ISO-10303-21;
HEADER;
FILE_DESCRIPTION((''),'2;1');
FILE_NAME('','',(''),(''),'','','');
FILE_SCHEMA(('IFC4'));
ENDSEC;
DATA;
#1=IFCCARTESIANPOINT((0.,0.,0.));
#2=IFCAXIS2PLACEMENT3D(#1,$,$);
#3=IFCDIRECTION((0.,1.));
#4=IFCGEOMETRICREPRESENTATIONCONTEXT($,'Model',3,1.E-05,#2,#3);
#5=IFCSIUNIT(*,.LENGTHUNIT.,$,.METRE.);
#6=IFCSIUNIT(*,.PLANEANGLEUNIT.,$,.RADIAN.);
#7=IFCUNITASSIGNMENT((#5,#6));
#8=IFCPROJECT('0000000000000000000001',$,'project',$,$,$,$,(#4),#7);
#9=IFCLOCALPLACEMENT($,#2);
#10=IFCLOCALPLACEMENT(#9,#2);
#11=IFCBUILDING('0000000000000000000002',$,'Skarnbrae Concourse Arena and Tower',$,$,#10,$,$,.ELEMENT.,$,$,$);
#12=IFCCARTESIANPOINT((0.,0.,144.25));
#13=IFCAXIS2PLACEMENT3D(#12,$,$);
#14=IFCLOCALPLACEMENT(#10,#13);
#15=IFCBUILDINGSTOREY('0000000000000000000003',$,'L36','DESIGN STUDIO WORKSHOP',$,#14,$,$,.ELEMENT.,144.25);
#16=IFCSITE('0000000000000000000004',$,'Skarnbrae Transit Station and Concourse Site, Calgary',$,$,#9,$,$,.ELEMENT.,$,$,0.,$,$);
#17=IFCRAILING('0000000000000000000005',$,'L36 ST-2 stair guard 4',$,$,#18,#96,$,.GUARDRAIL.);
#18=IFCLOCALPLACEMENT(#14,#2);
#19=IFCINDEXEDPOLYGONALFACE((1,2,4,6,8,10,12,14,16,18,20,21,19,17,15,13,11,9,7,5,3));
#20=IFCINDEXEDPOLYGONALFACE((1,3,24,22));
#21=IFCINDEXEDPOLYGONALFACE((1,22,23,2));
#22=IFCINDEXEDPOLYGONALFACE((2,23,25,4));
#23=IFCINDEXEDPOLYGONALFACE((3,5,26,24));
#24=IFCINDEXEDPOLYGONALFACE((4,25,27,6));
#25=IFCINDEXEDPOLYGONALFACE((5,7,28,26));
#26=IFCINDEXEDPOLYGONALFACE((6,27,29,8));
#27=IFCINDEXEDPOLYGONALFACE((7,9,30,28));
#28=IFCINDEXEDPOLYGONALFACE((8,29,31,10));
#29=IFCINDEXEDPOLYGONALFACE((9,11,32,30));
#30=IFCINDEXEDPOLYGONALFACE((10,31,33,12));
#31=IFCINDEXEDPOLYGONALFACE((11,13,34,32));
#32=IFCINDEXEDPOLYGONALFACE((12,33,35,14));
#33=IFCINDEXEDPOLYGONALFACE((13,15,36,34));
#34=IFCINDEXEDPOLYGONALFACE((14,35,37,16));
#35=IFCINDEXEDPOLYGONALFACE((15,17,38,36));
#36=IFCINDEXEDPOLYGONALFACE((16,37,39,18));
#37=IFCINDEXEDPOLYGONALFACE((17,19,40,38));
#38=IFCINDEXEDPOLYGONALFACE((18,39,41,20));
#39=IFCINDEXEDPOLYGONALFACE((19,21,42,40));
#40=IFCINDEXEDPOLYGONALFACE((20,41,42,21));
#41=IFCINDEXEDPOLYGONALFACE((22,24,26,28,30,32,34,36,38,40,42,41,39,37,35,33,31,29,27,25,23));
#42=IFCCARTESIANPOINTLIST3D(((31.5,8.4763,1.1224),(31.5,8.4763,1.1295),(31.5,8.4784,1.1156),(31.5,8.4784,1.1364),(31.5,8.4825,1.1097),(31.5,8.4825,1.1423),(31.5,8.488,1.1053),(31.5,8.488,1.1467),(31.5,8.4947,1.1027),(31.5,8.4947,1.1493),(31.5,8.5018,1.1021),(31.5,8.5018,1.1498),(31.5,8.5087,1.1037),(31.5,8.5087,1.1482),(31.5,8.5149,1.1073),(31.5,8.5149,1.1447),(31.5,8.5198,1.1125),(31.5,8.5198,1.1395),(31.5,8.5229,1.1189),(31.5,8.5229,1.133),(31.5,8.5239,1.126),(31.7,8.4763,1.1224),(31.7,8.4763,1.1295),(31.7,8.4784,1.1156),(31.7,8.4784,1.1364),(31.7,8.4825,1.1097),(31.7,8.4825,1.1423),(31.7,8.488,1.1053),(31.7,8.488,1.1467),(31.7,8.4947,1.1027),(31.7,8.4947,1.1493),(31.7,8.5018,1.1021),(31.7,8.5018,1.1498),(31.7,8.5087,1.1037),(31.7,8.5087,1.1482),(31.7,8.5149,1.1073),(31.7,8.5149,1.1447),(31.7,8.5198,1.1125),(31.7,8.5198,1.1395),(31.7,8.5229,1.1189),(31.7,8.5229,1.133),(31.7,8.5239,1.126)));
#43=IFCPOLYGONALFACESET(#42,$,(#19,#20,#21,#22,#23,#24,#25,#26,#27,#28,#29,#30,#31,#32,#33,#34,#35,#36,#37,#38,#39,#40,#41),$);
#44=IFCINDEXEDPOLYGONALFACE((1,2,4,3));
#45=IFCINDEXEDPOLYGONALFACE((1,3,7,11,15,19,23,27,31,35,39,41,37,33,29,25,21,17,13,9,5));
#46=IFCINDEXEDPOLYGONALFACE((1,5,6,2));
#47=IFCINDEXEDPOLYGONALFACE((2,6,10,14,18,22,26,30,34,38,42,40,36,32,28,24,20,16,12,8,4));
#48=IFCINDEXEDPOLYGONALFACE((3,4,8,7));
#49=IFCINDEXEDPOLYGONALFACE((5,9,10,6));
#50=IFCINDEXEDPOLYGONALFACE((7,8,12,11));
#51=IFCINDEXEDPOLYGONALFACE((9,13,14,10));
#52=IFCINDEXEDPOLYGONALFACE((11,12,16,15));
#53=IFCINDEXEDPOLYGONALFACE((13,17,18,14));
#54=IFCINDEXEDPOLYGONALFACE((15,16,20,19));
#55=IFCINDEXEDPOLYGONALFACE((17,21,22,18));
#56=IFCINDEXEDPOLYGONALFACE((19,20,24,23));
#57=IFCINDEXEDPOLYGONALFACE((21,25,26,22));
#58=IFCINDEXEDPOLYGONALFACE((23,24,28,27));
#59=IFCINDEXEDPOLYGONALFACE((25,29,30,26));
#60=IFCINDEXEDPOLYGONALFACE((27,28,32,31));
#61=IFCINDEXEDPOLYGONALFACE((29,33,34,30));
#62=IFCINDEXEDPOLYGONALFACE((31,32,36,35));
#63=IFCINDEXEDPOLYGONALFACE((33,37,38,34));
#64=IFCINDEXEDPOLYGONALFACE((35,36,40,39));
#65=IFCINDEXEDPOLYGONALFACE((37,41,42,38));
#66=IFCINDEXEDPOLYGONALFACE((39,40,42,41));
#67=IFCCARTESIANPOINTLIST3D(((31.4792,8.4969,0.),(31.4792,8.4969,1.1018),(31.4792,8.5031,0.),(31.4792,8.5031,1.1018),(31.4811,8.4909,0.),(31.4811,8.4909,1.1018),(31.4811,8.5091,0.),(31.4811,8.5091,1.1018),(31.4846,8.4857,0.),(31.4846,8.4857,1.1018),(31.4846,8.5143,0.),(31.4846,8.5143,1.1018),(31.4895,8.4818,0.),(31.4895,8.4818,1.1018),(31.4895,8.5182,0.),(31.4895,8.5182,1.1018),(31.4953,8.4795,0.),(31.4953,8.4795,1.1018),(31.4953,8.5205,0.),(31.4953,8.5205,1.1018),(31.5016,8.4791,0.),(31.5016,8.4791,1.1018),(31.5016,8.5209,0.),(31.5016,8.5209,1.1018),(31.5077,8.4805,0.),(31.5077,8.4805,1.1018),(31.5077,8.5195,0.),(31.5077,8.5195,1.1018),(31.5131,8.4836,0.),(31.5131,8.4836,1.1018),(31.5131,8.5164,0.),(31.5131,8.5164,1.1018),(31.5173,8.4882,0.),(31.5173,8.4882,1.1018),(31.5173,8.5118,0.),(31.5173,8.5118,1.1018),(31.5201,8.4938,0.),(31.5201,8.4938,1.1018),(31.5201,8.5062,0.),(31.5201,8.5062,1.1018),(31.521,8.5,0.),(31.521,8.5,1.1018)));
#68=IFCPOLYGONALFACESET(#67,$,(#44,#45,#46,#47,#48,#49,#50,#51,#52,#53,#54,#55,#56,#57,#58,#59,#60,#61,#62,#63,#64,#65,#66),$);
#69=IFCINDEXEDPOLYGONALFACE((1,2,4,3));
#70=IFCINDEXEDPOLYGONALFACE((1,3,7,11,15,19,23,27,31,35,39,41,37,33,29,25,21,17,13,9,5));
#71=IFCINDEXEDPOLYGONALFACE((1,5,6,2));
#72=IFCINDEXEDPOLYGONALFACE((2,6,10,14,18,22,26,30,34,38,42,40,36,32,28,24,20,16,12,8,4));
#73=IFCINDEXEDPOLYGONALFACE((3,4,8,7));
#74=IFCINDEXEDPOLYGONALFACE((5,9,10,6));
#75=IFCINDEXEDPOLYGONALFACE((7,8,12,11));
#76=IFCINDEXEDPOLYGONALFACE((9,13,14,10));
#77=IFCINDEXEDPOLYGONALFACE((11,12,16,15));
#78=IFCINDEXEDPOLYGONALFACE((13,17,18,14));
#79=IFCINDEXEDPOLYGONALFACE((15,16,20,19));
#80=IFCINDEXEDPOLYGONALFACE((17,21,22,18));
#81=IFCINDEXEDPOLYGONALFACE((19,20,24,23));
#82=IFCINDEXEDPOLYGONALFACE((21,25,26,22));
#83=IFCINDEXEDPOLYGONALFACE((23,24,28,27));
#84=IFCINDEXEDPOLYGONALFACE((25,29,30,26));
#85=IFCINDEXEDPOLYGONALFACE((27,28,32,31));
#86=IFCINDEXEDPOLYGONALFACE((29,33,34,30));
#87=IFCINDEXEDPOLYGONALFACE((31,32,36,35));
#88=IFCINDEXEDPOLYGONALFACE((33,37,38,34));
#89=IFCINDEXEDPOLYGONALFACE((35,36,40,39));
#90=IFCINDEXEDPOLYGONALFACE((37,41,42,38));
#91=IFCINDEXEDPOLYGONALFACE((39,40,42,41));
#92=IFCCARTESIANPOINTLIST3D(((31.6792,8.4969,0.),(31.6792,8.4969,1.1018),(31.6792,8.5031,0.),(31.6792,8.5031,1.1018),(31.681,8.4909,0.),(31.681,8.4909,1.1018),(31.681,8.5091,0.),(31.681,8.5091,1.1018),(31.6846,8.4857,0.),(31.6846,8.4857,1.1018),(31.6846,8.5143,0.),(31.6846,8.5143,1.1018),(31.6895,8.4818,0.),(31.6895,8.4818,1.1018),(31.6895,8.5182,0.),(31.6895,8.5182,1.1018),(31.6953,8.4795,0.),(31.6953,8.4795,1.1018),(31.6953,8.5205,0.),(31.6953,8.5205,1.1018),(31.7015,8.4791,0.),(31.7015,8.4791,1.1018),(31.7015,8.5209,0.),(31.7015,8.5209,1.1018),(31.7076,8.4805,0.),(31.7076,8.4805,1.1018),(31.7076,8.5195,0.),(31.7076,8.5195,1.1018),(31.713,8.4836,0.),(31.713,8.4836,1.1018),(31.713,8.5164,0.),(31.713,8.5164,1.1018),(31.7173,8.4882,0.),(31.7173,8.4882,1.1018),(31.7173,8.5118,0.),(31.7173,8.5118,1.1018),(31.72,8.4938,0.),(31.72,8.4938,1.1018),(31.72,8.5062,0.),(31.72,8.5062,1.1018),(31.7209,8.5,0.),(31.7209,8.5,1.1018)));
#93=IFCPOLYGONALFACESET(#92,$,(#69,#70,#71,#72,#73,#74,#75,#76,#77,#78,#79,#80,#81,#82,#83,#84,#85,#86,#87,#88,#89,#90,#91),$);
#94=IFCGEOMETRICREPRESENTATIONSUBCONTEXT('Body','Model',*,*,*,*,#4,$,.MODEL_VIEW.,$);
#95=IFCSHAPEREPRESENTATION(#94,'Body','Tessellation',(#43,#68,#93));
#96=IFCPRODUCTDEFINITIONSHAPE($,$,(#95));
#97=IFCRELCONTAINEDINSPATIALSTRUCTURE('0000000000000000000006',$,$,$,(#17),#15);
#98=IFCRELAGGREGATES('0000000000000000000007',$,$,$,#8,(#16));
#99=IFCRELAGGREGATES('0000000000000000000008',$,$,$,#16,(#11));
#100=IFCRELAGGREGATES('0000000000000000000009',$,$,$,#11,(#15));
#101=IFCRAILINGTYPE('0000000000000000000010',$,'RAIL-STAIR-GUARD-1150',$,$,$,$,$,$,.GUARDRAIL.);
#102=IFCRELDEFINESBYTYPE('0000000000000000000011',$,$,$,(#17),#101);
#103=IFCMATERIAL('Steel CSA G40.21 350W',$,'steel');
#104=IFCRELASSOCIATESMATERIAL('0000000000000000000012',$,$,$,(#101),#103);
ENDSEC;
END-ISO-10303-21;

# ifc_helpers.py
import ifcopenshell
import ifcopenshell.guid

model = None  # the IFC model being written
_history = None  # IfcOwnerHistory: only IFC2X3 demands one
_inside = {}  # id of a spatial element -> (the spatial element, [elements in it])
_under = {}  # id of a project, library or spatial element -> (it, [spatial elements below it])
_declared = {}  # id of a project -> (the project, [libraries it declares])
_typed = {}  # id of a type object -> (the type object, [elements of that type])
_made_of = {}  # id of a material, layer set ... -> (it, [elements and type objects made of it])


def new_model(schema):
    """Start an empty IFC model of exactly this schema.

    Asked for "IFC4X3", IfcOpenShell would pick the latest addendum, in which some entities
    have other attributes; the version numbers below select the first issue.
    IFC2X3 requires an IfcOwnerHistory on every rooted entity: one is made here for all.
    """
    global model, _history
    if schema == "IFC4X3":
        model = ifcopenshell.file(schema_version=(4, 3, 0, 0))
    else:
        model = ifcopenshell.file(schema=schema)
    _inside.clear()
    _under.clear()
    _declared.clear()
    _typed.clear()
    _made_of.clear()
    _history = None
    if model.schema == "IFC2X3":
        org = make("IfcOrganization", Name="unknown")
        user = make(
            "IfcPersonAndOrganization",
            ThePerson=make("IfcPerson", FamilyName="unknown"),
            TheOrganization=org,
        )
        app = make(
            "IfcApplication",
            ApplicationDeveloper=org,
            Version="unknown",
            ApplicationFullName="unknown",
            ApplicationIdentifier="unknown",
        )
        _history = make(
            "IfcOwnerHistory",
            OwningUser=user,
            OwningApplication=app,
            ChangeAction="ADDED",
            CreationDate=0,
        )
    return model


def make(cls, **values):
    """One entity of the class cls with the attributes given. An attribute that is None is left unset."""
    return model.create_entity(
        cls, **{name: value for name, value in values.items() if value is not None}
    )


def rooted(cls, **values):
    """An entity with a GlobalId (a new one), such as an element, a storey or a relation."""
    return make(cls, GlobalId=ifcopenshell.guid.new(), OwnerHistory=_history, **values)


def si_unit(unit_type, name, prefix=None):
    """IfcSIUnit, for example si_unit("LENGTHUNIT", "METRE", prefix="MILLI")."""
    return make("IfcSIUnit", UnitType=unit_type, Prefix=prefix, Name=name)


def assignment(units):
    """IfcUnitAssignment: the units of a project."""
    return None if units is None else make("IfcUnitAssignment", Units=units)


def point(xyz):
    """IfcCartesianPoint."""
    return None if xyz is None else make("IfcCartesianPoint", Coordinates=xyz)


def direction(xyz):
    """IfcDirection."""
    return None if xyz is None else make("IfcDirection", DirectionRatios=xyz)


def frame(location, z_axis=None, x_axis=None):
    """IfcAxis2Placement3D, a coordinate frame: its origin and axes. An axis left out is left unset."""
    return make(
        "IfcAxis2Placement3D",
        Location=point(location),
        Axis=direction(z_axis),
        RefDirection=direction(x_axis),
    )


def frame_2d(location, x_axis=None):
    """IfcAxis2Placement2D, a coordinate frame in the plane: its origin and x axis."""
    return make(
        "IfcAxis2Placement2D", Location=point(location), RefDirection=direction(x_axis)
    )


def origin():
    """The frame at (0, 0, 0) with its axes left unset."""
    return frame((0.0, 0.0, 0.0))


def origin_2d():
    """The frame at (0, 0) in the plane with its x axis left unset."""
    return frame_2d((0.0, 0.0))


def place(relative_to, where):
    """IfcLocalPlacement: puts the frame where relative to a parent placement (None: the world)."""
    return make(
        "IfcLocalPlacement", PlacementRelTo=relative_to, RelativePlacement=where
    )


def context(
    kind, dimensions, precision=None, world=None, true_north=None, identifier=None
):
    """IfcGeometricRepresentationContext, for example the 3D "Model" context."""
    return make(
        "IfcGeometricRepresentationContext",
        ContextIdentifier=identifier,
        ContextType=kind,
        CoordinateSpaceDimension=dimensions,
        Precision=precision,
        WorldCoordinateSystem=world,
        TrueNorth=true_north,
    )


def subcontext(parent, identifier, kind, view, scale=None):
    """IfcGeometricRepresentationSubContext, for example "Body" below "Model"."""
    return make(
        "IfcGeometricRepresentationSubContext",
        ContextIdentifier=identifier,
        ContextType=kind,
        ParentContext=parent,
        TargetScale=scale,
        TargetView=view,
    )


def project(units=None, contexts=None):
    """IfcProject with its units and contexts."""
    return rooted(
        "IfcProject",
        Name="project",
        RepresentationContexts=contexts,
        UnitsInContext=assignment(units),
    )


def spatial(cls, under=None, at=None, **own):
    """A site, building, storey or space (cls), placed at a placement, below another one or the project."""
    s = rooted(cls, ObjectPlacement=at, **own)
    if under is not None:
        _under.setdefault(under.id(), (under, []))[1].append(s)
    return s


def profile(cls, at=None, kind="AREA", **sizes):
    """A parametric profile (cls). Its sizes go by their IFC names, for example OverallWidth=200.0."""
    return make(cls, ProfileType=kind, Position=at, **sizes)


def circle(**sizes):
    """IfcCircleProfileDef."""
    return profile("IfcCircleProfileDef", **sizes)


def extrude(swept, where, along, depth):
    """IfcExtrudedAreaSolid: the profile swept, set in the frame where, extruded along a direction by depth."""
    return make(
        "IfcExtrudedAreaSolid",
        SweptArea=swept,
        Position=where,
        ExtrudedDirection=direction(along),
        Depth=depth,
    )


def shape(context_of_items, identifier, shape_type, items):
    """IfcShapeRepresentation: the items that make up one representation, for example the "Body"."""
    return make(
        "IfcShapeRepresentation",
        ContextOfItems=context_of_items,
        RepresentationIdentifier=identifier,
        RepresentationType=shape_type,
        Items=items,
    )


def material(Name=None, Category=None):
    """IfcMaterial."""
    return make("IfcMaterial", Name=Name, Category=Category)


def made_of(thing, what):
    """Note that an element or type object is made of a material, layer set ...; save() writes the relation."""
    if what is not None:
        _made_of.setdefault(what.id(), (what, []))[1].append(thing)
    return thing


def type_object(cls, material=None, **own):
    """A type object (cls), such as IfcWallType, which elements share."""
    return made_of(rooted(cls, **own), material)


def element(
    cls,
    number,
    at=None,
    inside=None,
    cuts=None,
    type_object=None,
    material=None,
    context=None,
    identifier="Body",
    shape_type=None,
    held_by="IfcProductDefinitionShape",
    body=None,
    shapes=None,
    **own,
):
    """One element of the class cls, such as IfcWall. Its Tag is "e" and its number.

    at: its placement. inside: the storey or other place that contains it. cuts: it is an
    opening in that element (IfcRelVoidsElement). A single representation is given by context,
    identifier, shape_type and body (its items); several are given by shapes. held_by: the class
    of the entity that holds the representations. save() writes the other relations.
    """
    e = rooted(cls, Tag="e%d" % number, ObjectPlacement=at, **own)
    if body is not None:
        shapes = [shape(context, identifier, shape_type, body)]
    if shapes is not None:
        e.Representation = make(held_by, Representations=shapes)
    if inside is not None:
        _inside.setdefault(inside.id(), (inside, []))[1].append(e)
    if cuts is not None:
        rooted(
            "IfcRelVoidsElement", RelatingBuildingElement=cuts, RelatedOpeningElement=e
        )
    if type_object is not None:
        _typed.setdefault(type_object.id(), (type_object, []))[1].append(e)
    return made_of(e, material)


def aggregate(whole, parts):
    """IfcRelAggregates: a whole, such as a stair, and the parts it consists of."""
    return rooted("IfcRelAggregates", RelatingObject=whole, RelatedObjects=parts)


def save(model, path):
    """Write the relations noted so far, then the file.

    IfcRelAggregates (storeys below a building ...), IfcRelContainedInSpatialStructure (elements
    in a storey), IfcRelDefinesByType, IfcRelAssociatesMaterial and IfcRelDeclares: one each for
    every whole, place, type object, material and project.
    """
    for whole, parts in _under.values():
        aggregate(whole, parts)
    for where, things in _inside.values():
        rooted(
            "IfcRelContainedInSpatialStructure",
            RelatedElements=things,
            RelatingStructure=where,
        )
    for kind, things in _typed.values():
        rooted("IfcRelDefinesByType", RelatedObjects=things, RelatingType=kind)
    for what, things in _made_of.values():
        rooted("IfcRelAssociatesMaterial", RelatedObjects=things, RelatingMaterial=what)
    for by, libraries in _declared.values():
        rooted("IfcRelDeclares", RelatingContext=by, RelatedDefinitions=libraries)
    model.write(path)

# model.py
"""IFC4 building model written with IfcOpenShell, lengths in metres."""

from ifc_helpers import new_model, si_unit, direction, frame, origin, origin_2d, place, context, subcontext, project, spatial, circle, extrude, material, type_object, element, save


model = new_model("IFC4")

# Units and contexts
model_context = context("Model", 3, precision=1e-05, world=origin(), true_north=direction((0.0, 1.0)))
body_context = subcontext(model_context, "Body", "Model", "MODEL_VIEW")
ifc_project = project(units=[si_unit("LENGTHUNIT", "METRE"), si_unit("PLANEANGLEUNIT", "RADIAN")], contexts=[model_context])

# Site, building, storey
site_placement = place(None, origin())
site = spatial("IfcSite", under=ifc_project, at=site_placement, Name="Skarnbrae Transit Station and Concourse Site, Calgary", CompositionType="ELEMENT", RefElevation=0.0)
building_placement = place(site_placement, origin())
building = spatial("IfcBuilding", under=site, at=building_placement, Name="Skarnbrae Concourse Arena and Tower", CompositionType="ELEMENT")
storey_placement = place(building_placement, frame((0.0, 0.0, 144.25)))
storey = spatial("IfcBuildingStorey", under=building, at=storey_placement, Name="L36", Description="DESIGN STUDIO WORKSHOP", CompositionType="ELEMENT", Elevation=144.25)

# Shared definitions
ifc_material_1 = material(Name="Steel CSA G40.21 350W", Category="steel")

# Railing
railing_type = type_object("IfcRailingType", Name="RAIL-STAIR-GUARD-1150", PredefinedType="GUARDRAIL", material=ifc_material_1)
railing_1_placement = place(storey_placement, frame((31.5, 8.5, 0.0)))
element("IfcRailing", 1, at=railing_1_placement, inside=storey, type_object=railing_type, Name="L36 ST-2 stair guard 4", PredefinedType="GUARDRAIL", context=body_context, shape_type="SweptSolid", body=[
    extrude(circle(Radius=0.0239, at=origin_2d()), frame((0.0, 0.0, 1.126), z_axis=(1.0, 0.0, 0.0), x_axis=(0.0, 1.0, 0.0)), (0.0, 0.0, 1.0), 0.2),
    extrude(circle(Radius=0.021, at=origin_2d()), origin(), (0.0, 0.0, 1.0), 1.1018),
    extrude(circle(Radius=0.021, at=origin_2d()), frame((0.2, 0.0, 0.0)), (0.0, 0.0, 1.0), 1.1018),
])

save(model, "model.ifc")
